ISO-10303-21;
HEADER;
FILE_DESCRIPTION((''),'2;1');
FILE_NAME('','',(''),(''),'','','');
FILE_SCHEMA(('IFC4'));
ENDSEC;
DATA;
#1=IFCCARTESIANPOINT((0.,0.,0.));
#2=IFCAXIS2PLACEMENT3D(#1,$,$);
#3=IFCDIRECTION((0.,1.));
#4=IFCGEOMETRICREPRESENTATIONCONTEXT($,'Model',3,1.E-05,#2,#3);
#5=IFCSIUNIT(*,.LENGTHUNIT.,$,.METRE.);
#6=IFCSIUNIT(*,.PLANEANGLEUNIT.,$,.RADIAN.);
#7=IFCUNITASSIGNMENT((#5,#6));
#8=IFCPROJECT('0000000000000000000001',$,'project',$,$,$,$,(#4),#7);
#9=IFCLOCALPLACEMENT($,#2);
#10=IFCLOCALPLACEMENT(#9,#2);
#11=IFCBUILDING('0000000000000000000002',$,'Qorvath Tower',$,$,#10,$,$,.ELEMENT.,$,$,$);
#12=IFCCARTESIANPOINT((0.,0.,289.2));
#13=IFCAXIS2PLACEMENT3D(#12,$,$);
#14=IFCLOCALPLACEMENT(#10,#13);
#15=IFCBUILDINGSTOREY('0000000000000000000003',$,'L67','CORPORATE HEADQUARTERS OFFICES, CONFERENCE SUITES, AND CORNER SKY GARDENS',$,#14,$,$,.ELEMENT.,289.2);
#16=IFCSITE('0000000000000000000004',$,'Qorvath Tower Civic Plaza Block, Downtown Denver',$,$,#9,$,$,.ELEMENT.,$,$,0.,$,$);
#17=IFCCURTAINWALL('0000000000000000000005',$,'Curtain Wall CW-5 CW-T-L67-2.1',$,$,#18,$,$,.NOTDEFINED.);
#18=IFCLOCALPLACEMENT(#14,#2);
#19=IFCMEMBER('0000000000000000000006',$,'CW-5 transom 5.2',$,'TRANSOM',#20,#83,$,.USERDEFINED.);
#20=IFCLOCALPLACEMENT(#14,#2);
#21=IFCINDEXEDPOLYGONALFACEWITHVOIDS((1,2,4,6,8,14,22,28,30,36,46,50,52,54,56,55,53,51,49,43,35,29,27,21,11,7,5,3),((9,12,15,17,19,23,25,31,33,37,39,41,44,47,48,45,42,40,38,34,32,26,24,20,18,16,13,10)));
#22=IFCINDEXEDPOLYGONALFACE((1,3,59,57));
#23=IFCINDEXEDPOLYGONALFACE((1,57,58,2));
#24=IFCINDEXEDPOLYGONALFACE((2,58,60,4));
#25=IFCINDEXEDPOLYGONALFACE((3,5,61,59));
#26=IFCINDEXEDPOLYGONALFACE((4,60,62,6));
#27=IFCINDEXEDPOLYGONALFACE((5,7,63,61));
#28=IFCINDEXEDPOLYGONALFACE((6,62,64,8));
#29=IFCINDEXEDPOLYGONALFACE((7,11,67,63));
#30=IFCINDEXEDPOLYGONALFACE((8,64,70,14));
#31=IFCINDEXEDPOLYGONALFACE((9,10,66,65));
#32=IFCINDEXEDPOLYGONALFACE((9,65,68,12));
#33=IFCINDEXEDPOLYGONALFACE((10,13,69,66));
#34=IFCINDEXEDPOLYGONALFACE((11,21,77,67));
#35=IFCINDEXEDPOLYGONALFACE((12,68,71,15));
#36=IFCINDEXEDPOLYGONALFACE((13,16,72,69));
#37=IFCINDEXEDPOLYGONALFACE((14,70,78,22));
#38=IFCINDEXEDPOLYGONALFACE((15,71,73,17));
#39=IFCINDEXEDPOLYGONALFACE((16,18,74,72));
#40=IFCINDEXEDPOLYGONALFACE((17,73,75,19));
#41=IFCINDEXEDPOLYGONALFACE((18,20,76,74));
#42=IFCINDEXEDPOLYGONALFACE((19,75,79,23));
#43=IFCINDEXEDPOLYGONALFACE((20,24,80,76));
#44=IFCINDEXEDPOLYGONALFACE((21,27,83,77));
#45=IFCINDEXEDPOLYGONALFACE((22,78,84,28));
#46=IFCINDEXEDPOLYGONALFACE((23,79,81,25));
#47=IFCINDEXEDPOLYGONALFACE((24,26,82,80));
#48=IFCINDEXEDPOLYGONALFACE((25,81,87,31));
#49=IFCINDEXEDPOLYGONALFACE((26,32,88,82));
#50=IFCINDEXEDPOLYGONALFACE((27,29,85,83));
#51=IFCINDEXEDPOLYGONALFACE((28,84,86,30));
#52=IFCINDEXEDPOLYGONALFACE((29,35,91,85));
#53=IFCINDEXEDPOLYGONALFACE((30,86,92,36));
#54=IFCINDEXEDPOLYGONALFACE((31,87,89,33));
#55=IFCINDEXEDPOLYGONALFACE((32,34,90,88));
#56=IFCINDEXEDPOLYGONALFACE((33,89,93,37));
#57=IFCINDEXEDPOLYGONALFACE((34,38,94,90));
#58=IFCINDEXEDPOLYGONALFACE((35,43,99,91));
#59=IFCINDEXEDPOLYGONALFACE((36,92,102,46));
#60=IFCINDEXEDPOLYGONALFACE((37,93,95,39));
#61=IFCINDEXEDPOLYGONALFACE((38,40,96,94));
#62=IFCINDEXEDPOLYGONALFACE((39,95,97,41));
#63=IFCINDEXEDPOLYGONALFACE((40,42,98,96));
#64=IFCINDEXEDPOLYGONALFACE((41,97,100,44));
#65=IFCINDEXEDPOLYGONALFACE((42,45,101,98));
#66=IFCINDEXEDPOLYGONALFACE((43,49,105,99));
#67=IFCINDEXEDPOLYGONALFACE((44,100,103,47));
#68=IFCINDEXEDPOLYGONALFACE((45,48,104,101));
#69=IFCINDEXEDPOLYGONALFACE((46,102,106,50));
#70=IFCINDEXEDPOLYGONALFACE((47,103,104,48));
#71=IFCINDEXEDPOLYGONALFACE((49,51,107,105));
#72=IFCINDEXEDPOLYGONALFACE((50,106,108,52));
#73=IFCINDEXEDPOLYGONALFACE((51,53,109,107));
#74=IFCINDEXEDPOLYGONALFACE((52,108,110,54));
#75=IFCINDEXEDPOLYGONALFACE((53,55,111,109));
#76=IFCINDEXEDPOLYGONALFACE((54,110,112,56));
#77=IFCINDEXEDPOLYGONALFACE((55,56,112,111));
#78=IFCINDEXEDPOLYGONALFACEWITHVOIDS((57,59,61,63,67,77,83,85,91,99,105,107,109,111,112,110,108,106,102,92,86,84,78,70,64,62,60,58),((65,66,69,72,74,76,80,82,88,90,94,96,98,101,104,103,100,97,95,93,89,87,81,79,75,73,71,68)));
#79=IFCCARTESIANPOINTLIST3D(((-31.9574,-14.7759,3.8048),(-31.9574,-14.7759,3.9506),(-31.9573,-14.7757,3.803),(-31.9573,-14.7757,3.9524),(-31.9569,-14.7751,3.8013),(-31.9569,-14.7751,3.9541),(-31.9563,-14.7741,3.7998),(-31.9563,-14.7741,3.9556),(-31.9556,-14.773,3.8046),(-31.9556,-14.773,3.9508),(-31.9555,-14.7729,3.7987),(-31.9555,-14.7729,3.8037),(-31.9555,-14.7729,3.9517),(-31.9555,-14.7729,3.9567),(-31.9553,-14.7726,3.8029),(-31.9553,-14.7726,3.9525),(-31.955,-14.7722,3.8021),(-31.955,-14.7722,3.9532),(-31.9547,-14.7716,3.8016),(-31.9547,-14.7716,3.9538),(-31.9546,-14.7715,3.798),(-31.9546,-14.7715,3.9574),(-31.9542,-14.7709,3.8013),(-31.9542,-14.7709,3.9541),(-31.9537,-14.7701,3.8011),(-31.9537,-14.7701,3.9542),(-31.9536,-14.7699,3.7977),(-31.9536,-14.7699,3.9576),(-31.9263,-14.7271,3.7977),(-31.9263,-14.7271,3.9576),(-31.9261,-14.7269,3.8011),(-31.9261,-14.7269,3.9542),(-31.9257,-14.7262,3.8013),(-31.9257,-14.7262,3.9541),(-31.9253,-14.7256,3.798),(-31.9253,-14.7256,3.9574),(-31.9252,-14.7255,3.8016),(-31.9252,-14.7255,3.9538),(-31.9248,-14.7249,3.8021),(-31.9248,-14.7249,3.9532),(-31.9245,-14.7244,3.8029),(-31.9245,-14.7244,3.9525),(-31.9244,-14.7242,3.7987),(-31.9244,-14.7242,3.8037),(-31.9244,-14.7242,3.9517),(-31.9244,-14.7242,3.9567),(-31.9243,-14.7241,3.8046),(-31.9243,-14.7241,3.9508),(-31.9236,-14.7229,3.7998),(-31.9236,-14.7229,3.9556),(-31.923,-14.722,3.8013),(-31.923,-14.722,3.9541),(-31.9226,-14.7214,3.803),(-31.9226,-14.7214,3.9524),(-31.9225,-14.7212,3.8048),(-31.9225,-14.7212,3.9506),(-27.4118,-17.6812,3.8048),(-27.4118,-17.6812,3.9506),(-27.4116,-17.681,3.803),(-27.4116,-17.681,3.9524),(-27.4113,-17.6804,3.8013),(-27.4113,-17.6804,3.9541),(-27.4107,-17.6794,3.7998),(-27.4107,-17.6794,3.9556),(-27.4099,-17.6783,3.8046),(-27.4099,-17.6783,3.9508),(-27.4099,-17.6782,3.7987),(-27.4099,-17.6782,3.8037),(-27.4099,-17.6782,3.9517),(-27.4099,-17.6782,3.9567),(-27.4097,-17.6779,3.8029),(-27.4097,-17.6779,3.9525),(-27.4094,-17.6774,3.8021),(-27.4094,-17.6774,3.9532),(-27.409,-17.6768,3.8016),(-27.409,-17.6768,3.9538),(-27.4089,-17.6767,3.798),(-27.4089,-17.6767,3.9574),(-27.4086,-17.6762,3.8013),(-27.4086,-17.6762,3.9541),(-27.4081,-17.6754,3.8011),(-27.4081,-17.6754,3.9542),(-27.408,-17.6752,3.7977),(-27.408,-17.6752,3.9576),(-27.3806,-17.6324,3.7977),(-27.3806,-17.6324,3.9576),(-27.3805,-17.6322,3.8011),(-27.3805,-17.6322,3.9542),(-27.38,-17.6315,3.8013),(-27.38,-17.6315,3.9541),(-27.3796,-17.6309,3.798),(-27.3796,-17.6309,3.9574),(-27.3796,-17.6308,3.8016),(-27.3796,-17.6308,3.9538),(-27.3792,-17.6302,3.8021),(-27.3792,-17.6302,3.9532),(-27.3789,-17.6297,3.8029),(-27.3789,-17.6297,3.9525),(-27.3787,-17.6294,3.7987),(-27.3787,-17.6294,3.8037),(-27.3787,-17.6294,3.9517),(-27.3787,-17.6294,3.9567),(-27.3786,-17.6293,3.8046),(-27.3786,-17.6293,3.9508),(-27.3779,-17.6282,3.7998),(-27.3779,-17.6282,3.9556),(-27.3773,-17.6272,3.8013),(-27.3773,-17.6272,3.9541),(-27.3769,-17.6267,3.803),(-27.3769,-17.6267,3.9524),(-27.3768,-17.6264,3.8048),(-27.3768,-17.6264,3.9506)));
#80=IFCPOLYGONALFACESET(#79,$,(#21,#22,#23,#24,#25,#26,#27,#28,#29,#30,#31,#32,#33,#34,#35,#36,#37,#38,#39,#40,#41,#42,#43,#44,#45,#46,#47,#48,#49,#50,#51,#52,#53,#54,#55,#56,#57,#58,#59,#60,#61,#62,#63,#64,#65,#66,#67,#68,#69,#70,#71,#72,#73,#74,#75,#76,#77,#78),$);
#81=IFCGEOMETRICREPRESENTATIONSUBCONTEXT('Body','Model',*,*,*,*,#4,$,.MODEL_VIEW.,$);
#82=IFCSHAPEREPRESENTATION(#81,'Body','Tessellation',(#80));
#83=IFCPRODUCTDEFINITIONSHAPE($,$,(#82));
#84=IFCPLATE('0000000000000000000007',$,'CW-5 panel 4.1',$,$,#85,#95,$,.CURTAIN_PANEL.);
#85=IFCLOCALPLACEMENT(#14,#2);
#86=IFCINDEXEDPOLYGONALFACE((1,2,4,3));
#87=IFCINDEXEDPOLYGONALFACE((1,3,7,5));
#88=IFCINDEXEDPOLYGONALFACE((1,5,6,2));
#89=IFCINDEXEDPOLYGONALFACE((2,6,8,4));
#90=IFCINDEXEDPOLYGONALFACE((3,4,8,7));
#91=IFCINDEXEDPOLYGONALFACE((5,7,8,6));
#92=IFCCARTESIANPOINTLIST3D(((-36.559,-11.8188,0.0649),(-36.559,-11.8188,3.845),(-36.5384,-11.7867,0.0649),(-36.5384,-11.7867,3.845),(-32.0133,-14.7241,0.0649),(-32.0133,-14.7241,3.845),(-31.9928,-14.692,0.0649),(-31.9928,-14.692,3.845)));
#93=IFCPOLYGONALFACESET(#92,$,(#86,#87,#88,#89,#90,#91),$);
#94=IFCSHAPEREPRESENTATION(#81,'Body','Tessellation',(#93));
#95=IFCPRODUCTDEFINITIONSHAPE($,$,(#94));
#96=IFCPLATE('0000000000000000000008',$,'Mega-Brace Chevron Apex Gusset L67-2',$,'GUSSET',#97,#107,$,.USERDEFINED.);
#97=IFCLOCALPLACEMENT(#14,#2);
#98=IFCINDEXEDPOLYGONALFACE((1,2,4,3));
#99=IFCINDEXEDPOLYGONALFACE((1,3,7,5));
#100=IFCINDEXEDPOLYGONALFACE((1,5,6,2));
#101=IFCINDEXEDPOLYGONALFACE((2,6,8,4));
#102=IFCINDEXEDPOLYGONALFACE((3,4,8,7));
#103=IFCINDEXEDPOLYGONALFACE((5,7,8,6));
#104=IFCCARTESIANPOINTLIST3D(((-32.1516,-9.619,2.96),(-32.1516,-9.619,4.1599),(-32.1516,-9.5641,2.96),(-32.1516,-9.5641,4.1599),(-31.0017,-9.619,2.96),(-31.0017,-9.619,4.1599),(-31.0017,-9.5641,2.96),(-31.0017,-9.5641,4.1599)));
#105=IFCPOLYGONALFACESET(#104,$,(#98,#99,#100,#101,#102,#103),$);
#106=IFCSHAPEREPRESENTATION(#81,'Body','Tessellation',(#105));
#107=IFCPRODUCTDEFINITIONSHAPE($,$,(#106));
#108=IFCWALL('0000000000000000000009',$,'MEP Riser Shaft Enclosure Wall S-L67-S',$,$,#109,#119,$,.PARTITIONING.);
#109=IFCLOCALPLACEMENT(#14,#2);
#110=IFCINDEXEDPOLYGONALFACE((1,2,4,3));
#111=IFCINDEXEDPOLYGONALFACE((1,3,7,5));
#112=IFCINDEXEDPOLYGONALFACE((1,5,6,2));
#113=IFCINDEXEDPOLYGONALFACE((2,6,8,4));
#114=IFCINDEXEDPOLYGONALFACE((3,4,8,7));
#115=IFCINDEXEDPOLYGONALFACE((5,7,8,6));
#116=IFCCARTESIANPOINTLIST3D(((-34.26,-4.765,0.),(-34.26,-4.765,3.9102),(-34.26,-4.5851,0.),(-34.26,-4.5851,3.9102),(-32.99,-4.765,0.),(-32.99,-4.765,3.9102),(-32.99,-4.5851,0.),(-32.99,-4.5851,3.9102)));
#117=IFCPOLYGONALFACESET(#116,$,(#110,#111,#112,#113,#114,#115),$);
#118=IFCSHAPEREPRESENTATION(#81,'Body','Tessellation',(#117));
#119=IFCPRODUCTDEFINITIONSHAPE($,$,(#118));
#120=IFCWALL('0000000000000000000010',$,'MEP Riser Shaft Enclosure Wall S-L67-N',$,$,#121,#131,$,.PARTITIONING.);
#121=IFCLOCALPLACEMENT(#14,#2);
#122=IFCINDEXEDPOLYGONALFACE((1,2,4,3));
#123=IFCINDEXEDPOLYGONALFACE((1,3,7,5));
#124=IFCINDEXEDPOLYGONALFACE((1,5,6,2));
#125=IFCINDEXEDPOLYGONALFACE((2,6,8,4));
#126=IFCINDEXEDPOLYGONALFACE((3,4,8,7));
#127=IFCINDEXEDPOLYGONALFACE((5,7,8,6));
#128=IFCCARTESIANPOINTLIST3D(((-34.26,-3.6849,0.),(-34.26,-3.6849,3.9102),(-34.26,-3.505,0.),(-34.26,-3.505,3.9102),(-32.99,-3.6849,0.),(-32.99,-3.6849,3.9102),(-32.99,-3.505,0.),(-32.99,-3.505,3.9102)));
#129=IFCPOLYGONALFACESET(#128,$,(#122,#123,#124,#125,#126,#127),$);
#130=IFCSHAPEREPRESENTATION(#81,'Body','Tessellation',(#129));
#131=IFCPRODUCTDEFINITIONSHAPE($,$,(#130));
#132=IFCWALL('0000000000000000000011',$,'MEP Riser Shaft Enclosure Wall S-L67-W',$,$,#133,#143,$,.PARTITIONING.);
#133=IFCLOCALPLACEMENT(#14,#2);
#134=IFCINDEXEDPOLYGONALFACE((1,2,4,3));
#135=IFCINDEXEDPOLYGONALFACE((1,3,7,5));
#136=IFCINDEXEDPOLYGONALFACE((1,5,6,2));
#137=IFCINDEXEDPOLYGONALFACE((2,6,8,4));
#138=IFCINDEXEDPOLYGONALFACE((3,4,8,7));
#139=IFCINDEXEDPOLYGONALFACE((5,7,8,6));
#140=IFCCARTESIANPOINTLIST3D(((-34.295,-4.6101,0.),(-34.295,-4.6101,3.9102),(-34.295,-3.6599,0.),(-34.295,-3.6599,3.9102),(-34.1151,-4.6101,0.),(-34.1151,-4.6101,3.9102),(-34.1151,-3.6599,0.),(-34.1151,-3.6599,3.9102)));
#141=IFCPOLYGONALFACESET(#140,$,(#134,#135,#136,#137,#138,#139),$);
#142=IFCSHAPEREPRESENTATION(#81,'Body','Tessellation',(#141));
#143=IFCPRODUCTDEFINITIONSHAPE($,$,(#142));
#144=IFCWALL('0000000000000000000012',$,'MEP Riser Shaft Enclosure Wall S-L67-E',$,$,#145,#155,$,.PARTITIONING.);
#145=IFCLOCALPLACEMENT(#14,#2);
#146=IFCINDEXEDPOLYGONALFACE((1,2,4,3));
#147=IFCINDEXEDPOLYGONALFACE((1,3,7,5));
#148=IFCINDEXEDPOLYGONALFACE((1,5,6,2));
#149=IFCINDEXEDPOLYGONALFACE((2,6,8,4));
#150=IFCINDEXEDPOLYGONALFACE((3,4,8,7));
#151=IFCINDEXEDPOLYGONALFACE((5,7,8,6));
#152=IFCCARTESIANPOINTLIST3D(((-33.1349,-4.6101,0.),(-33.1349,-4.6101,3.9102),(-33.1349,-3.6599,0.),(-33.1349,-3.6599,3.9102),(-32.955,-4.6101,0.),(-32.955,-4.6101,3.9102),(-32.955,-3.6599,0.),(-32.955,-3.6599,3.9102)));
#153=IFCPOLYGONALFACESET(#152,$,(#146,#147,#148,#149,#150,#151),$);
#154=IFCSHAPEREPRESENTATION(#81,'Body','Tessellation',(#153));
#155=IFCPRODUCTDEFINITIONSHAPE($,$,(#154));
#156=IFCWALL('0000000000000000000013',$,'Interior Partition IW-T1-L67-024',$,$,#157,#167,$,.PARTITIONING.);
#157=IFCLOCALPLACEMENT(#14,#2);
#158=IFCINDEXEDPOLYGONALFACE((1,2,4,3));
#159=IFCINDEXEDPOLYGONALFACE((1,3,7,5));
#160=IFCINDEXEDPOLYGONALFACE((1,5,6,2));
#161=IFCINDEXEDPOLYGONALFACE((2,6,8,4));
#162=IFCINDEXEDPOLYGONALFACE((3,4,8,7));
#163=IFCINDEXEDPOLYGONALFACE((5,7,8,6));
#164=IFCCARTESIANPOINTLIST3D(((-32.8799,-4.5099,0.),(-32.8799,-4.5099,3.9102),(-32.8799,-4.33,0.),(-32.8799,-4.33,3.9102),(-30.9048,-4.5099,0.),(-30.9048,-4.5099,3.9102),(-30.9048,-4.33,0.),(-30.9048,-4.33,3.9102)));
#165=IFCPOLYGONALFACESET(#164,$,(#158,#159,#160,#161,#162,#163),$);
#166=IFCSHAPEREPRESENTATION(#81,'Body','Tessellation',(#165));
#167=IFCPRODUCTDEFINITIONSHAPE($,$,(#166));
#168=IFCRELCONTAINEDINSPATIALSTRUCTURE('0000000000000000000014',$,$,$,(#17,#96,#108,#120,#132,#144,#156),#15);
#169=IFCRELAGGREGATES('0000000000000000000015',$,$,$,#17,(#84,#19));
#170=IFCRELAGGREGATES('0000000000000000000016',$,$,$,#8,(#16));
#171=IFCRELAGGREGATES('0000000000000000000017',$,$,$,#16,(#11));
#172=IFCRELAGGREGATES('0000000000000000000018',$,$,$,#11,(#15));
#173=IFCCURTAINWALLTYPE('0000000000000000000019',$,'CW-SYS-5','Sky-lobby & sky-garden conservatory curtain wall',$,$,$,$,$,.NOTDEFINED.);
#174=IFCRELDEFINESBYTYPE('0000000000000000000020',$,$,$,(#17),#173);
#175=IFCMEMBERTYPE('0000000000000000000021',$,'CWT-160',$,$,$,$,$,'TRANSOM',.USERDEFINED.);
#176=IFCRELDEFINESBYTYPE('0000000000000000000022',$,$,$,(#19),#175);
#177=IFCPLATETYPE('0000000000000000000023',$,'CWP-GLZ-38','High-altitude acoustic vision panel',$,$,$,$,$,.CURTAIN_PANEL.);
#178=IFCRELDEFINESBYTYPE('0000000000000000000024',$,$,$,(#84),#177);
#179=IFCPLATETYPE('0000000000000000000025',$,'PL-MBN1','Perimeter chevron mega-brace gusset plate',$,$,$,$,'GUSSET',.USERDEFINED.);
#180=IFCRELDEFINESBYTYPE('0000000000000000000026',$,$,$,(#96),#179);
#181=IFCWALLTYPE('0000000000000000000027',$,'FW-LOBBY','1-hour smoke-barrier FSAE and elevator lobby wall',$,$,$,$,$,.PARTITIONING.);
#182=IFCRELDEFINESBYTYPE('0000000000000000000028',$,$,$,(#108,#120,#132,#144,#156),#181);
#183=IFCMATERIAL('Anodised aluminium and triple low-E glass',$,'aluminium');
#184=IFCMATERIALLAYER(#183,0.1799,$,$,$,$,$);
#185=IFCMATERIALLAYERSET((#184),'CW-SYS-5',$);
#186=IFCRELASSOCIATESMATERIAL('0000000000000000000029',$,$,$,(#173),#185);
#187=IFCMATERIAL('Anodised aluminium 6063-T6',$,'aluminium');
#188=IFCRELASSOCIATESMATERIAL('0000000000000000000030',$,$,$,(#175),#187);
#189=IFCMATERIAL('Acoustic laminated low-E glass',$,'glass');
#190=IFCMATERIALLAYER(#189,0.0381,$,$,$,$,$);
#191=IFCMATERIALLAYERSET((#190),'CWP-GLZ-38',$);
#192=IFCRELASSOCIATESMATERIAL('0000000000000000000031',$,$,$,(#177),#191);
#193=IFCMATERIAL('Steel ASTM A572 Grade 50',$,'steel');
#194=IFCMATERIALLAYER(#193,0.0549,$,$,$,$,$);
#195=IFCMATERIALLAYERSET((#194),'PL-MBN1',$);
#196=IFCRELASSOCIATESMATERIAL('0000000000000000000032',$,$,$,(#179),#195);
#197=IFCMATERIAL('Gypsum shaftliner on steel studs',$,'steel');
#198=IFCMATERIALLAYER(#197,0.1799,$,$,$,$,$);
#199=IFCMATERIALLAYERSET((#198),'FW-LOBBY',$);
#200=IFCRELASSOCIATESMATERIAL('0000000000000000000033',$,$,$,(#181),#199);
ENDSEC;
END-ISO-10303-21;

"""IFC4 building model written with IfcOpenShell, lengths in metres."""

from ifc_helpers import new_model, si_unit, direction, frame, frame_2d, origin, origin_2d, place, context, subcontext, project, spatial, rectangle, hollow_rectangle, extrude, material, layer, layer_set, material_profile, profile_set, type_object, element, aggregate, save


model = new_model("IFC4")

# Units and contexts
model_context = context("Model", 3, precision=1e-05, world=origin(), true_north=direction((0.0, 1.0)))
body_context = subcontext(model_context, "Body", "Model", "MODEL_VIEW")
ifc_project = project(units=[si_unit("LENGTHUNIT", "METRE"), si_unit("PLANEANGLEUNIT", "RADIAN")], contexts=[model_context])

# Site, building, storey
site_placement = place(None, origin())
site = spatial("IfcSite", under=ifc_project, at=site_placement, Name="Qorvath Tower Civic Plaza Block, Downtown Denver", CompositionType="ELEMENT", RefElevation=0.0)
building_placement = place(site_placement, origin())
building = spatial("IfcBuilding", under=site, at=building_placement, Name="Qorvath Tower", CompositionType="ELEMENT")
storey_placement = place(building_placement, frame((0.0, 0.0, 289.2)))
storey = spatial("IfcBuildingStorey", under=building, at=storey_placement, Name="L67", Description="CORPORATE HEADQUARTERS OFFICES, CONFERENCE SUITES, AND CORNER SKY GARDENS", CompositionType="ELEMENT", Elevation=289.2)

# Curtain wall, member, plate
ifc_material_1 = material(Name="Anodised aluminium and triple low-E glass", Category="aluminium")
ifc_layer_1 = layer(ifc_material_1, 0.1799)
ifc_layer_set_1 = layer_set([ifc_layer_1], Name="CW-SYS-5")
curtain_wall_type = type_object("IfcCurtainWallType", Name="CW-SYS-5", Description="Sky-lobby & sky-garden conservatory curtain wall", PredefinedType="NOTDEFINED", material=ifc_layer_set_1)
curtain_wall_placement = place(storey_placement, origin())
curtain_wall = element("IfcCurtainWall", 1, at=curtain_wall_placement, inside=storey, type_object=curtain_wall_type, Name="Curtain Wall CW-5 CW-T-L67-2.1", PredefinedType="NOTDEFINED")
ifc_material_2 = material(Name="Anodised aluminium 6063-T6", Category="aluminium")
ifc_material_profile_1 = material_profile(ifc_material_2, hollow_rectangle(XDim=0.0649, YDim=0.1599, WallThickness=0.0034, InnerFilletRadius=0.0034, OuterFilletRadius=0.0071, at=origin_2d()), Name="CWT 160x65")
ifc_profile_set_1 = profile_set([ifc_material_profile_1], Name="Anodised aluminium 6063-T6")
member_type_1 = type_object("IfcMemberType", Name="CWT-160", ElementType="TRANSOM", PredefinedType="USERDEFINED", material=ifc_profile_set_1)
member_1_placement = place(storey_placement, frame((-31.9399, -14.7485, 3.8777), z_axis=(0.842603, -0.538535, 0.0), x_axis=(0.538535, 0.842603, 0.0)))
member_1 = element("IfcMember", 2, at=member_1_placement, type_object=member_type_1, Name="CW-5 transom 5.2", ObjectType="TRANSOM", PredefinedType="USERDEFINED", context=body_context, shape_type="SweptSolid", body=[
    extrude(hollow_rectangle(XDim=0.0649, YDim=0.1599, WallThickness=0.0034, InnerFilletRadius=0.0034, OuterFilletRadius=0.0071, at=origin_2d()), origin(), (0.0, 0.0, 1.0), 5.3948),
])
ifc_material_3 = material(Name="Acoustic laminated low-E glass", Category="glass")
ifc_layer_2 = layer(ifc_material_3, 0.0381)
ifc_layer_set_2 = layer_set([ifc_layer_2], Name="CWP-GLZ-38")
plate_type_1 = type_object("IfcPlateType", Name="CWP-GLZ-38", Description="High-altitude acoustic vision panel", PredefinedType="CURTAIN_PANEL", material=ifc_layer_set_2)
plate_1_placement = place(storey_placement, frame((-34.2759, -13.2554, 0.0649), z_axis=(0.0, 0.0, 1.0), x_axis=(0.842602, -0.538537, 0.0)))
plate_1 = element("IfcPlate", 3, at=plate_1_placement, type_object=plate_type_1, Name="CW-5 panel 4.1", PredefinedType="CURTAIN_PANEL", context=body_context, shape_type="SweptSolid", body=[
    extrude(rectangle(XDim=5.3948, YDim=0.0381, at=origin_2d()), origin(), (0.0, 0.0, 1.0), 3.78),
])
aggregate(curtain_wall, [plate_1, member_1])

# Plate
ifc_material_4 = material(Name="Steel ASTM A572 Grade 50", Category="steel")
ifc_layer_3 = layer(ifc_material_4, 0.0549)
ifc_layer_set_3 = layer_set([ifc_layer_3], Name="PL-MBN1")
plate_type_2 = type_object("IfcPlateType", Name="PL-MBN1", Description="Perimeter chevron mega-brace gusset plate", ElementType="GUSSET", PredefinedType="USERDEFINED", material=ifc_layer_set_3)
plate_2_placement = place(storey_placement, frame((-31.5767, -9.5916, 2.96), z_axis=(0.0, 0.0, 1.0), x_axis=(1.0, 0.0, 0.0)))
element("IfcPlate", 4, at=plate_2_placement, inside=storey, type_object=plate_type_2, Name="Mega-Brace Chevron Apex Gusset L67-2", ObjectType="GUSSET", PredefinedType="USERDEFINED", context=body_context, shape_type="SweptSolid", body=[
    extrude(rectangle(XDim=1.1499, YDim=0.0549, at=origin_2d()), origin(), (0.0, 0.0, 1.0), 1.2),
])

# Walls
ifc_material_5 = material(Name="Gypsum shaftliner on steel studs", Category="steel")
ifc_layer_4 = layer(ifc_material_5, 0.1799)
ifc_layer_set_4 = layer_set([ifc_layer_4], Name="FW-LOBBY")
wall_type_1 = type_object("IfcWallType", Name="FW-LOBBY", Description="1-hour smoke-barrier FSAE and elevator lobby wall", PredefinedType="PARTITIONING", material=ifc_layer_set_4)
for number, where, z_axis, x_axis, name in (
    (5, (-32.99, -4.675, 0.0), (0.0, 0.0, 1.0), (-1.0, 0.0, 0.0), "MEP Riser Shaft Enclosure Wall S-L67-S"),
    (6, (-34.26, -3.595, 0.0), (0.0, 0.0, 1.0), (1.0, 0.0, 0.0), "MEP Riser Shaft Enclosure Wall S-L67-N"),
):
    element("IfcWall", number, at=place(storey_placement, frame(where, z_axis=z_axis, x_axis=x_axis)), inside=storey, type_object=wall_type_1, Name=name, PredefinedType="PARTITIONING", context=body_context, shape_type="SweptSolid", body=[
        extrude(rectangle(XDim=1.27, YDim=0.1799, at=frame_2d((0.635, 0.0))), origin(), (0.0, 0.0, 1.0), 3.9102),
    ])
for number, where, z_axis, x_axis, name in (
    (7, (-34.2051, -4.6101, 0.0), (0.0, 0.0, 1.0), (0.0, 1.0, 0.0), "MEP Riser Shaft Enclosure Wall S-L67-W"),
    (8, (-33.0449, -3.6599, 0.0), (0.0, 0.0, 1.0), (0.0, -1.0, 0.0), "MEP Riser Shaft Enclosure Wall S-L67-E"),
):
    element("IfcWall", number, at=place(storey_placement, frame(where, z_axis=z_axis, x_axis=x_axis)), inside=storey, type_object=wall_type_1, Name=name, PredefinedType="PARTITIONING", context=body_context, shape_type="SweptSolid", body=[
        extrude(rectangle(XDim=0.9502, YDim=0.1799, at=frame_2d((0.4751, 0.0))), origin(), (0.0, 0.0, 1.0), 3.9102),
    ])
wall_1_placement = place(storey_placement, frame((-32.8799, -4.4199, 0.0), z_axis=(0.0, 0.0, 1.0), x_axis=(1.0, 0.0, 0.0)))
element("IfcWall", 9, at=wall_1_placement, inside=storey, type_object=wall_type_1, Name="Interior Partition IW-T1-L67-024", PredefinedType="PARTITIONING", context=body_context, shape_type="SweptSolid", body=[
    extrude(rectangle(XDim=1.9751, YDim=0.1799, at=frame_2d((0.9875, 0.0))), origin(), (0.0, 0.0, 1.0), 3.9102),
])

save(model, "model.ifc")
